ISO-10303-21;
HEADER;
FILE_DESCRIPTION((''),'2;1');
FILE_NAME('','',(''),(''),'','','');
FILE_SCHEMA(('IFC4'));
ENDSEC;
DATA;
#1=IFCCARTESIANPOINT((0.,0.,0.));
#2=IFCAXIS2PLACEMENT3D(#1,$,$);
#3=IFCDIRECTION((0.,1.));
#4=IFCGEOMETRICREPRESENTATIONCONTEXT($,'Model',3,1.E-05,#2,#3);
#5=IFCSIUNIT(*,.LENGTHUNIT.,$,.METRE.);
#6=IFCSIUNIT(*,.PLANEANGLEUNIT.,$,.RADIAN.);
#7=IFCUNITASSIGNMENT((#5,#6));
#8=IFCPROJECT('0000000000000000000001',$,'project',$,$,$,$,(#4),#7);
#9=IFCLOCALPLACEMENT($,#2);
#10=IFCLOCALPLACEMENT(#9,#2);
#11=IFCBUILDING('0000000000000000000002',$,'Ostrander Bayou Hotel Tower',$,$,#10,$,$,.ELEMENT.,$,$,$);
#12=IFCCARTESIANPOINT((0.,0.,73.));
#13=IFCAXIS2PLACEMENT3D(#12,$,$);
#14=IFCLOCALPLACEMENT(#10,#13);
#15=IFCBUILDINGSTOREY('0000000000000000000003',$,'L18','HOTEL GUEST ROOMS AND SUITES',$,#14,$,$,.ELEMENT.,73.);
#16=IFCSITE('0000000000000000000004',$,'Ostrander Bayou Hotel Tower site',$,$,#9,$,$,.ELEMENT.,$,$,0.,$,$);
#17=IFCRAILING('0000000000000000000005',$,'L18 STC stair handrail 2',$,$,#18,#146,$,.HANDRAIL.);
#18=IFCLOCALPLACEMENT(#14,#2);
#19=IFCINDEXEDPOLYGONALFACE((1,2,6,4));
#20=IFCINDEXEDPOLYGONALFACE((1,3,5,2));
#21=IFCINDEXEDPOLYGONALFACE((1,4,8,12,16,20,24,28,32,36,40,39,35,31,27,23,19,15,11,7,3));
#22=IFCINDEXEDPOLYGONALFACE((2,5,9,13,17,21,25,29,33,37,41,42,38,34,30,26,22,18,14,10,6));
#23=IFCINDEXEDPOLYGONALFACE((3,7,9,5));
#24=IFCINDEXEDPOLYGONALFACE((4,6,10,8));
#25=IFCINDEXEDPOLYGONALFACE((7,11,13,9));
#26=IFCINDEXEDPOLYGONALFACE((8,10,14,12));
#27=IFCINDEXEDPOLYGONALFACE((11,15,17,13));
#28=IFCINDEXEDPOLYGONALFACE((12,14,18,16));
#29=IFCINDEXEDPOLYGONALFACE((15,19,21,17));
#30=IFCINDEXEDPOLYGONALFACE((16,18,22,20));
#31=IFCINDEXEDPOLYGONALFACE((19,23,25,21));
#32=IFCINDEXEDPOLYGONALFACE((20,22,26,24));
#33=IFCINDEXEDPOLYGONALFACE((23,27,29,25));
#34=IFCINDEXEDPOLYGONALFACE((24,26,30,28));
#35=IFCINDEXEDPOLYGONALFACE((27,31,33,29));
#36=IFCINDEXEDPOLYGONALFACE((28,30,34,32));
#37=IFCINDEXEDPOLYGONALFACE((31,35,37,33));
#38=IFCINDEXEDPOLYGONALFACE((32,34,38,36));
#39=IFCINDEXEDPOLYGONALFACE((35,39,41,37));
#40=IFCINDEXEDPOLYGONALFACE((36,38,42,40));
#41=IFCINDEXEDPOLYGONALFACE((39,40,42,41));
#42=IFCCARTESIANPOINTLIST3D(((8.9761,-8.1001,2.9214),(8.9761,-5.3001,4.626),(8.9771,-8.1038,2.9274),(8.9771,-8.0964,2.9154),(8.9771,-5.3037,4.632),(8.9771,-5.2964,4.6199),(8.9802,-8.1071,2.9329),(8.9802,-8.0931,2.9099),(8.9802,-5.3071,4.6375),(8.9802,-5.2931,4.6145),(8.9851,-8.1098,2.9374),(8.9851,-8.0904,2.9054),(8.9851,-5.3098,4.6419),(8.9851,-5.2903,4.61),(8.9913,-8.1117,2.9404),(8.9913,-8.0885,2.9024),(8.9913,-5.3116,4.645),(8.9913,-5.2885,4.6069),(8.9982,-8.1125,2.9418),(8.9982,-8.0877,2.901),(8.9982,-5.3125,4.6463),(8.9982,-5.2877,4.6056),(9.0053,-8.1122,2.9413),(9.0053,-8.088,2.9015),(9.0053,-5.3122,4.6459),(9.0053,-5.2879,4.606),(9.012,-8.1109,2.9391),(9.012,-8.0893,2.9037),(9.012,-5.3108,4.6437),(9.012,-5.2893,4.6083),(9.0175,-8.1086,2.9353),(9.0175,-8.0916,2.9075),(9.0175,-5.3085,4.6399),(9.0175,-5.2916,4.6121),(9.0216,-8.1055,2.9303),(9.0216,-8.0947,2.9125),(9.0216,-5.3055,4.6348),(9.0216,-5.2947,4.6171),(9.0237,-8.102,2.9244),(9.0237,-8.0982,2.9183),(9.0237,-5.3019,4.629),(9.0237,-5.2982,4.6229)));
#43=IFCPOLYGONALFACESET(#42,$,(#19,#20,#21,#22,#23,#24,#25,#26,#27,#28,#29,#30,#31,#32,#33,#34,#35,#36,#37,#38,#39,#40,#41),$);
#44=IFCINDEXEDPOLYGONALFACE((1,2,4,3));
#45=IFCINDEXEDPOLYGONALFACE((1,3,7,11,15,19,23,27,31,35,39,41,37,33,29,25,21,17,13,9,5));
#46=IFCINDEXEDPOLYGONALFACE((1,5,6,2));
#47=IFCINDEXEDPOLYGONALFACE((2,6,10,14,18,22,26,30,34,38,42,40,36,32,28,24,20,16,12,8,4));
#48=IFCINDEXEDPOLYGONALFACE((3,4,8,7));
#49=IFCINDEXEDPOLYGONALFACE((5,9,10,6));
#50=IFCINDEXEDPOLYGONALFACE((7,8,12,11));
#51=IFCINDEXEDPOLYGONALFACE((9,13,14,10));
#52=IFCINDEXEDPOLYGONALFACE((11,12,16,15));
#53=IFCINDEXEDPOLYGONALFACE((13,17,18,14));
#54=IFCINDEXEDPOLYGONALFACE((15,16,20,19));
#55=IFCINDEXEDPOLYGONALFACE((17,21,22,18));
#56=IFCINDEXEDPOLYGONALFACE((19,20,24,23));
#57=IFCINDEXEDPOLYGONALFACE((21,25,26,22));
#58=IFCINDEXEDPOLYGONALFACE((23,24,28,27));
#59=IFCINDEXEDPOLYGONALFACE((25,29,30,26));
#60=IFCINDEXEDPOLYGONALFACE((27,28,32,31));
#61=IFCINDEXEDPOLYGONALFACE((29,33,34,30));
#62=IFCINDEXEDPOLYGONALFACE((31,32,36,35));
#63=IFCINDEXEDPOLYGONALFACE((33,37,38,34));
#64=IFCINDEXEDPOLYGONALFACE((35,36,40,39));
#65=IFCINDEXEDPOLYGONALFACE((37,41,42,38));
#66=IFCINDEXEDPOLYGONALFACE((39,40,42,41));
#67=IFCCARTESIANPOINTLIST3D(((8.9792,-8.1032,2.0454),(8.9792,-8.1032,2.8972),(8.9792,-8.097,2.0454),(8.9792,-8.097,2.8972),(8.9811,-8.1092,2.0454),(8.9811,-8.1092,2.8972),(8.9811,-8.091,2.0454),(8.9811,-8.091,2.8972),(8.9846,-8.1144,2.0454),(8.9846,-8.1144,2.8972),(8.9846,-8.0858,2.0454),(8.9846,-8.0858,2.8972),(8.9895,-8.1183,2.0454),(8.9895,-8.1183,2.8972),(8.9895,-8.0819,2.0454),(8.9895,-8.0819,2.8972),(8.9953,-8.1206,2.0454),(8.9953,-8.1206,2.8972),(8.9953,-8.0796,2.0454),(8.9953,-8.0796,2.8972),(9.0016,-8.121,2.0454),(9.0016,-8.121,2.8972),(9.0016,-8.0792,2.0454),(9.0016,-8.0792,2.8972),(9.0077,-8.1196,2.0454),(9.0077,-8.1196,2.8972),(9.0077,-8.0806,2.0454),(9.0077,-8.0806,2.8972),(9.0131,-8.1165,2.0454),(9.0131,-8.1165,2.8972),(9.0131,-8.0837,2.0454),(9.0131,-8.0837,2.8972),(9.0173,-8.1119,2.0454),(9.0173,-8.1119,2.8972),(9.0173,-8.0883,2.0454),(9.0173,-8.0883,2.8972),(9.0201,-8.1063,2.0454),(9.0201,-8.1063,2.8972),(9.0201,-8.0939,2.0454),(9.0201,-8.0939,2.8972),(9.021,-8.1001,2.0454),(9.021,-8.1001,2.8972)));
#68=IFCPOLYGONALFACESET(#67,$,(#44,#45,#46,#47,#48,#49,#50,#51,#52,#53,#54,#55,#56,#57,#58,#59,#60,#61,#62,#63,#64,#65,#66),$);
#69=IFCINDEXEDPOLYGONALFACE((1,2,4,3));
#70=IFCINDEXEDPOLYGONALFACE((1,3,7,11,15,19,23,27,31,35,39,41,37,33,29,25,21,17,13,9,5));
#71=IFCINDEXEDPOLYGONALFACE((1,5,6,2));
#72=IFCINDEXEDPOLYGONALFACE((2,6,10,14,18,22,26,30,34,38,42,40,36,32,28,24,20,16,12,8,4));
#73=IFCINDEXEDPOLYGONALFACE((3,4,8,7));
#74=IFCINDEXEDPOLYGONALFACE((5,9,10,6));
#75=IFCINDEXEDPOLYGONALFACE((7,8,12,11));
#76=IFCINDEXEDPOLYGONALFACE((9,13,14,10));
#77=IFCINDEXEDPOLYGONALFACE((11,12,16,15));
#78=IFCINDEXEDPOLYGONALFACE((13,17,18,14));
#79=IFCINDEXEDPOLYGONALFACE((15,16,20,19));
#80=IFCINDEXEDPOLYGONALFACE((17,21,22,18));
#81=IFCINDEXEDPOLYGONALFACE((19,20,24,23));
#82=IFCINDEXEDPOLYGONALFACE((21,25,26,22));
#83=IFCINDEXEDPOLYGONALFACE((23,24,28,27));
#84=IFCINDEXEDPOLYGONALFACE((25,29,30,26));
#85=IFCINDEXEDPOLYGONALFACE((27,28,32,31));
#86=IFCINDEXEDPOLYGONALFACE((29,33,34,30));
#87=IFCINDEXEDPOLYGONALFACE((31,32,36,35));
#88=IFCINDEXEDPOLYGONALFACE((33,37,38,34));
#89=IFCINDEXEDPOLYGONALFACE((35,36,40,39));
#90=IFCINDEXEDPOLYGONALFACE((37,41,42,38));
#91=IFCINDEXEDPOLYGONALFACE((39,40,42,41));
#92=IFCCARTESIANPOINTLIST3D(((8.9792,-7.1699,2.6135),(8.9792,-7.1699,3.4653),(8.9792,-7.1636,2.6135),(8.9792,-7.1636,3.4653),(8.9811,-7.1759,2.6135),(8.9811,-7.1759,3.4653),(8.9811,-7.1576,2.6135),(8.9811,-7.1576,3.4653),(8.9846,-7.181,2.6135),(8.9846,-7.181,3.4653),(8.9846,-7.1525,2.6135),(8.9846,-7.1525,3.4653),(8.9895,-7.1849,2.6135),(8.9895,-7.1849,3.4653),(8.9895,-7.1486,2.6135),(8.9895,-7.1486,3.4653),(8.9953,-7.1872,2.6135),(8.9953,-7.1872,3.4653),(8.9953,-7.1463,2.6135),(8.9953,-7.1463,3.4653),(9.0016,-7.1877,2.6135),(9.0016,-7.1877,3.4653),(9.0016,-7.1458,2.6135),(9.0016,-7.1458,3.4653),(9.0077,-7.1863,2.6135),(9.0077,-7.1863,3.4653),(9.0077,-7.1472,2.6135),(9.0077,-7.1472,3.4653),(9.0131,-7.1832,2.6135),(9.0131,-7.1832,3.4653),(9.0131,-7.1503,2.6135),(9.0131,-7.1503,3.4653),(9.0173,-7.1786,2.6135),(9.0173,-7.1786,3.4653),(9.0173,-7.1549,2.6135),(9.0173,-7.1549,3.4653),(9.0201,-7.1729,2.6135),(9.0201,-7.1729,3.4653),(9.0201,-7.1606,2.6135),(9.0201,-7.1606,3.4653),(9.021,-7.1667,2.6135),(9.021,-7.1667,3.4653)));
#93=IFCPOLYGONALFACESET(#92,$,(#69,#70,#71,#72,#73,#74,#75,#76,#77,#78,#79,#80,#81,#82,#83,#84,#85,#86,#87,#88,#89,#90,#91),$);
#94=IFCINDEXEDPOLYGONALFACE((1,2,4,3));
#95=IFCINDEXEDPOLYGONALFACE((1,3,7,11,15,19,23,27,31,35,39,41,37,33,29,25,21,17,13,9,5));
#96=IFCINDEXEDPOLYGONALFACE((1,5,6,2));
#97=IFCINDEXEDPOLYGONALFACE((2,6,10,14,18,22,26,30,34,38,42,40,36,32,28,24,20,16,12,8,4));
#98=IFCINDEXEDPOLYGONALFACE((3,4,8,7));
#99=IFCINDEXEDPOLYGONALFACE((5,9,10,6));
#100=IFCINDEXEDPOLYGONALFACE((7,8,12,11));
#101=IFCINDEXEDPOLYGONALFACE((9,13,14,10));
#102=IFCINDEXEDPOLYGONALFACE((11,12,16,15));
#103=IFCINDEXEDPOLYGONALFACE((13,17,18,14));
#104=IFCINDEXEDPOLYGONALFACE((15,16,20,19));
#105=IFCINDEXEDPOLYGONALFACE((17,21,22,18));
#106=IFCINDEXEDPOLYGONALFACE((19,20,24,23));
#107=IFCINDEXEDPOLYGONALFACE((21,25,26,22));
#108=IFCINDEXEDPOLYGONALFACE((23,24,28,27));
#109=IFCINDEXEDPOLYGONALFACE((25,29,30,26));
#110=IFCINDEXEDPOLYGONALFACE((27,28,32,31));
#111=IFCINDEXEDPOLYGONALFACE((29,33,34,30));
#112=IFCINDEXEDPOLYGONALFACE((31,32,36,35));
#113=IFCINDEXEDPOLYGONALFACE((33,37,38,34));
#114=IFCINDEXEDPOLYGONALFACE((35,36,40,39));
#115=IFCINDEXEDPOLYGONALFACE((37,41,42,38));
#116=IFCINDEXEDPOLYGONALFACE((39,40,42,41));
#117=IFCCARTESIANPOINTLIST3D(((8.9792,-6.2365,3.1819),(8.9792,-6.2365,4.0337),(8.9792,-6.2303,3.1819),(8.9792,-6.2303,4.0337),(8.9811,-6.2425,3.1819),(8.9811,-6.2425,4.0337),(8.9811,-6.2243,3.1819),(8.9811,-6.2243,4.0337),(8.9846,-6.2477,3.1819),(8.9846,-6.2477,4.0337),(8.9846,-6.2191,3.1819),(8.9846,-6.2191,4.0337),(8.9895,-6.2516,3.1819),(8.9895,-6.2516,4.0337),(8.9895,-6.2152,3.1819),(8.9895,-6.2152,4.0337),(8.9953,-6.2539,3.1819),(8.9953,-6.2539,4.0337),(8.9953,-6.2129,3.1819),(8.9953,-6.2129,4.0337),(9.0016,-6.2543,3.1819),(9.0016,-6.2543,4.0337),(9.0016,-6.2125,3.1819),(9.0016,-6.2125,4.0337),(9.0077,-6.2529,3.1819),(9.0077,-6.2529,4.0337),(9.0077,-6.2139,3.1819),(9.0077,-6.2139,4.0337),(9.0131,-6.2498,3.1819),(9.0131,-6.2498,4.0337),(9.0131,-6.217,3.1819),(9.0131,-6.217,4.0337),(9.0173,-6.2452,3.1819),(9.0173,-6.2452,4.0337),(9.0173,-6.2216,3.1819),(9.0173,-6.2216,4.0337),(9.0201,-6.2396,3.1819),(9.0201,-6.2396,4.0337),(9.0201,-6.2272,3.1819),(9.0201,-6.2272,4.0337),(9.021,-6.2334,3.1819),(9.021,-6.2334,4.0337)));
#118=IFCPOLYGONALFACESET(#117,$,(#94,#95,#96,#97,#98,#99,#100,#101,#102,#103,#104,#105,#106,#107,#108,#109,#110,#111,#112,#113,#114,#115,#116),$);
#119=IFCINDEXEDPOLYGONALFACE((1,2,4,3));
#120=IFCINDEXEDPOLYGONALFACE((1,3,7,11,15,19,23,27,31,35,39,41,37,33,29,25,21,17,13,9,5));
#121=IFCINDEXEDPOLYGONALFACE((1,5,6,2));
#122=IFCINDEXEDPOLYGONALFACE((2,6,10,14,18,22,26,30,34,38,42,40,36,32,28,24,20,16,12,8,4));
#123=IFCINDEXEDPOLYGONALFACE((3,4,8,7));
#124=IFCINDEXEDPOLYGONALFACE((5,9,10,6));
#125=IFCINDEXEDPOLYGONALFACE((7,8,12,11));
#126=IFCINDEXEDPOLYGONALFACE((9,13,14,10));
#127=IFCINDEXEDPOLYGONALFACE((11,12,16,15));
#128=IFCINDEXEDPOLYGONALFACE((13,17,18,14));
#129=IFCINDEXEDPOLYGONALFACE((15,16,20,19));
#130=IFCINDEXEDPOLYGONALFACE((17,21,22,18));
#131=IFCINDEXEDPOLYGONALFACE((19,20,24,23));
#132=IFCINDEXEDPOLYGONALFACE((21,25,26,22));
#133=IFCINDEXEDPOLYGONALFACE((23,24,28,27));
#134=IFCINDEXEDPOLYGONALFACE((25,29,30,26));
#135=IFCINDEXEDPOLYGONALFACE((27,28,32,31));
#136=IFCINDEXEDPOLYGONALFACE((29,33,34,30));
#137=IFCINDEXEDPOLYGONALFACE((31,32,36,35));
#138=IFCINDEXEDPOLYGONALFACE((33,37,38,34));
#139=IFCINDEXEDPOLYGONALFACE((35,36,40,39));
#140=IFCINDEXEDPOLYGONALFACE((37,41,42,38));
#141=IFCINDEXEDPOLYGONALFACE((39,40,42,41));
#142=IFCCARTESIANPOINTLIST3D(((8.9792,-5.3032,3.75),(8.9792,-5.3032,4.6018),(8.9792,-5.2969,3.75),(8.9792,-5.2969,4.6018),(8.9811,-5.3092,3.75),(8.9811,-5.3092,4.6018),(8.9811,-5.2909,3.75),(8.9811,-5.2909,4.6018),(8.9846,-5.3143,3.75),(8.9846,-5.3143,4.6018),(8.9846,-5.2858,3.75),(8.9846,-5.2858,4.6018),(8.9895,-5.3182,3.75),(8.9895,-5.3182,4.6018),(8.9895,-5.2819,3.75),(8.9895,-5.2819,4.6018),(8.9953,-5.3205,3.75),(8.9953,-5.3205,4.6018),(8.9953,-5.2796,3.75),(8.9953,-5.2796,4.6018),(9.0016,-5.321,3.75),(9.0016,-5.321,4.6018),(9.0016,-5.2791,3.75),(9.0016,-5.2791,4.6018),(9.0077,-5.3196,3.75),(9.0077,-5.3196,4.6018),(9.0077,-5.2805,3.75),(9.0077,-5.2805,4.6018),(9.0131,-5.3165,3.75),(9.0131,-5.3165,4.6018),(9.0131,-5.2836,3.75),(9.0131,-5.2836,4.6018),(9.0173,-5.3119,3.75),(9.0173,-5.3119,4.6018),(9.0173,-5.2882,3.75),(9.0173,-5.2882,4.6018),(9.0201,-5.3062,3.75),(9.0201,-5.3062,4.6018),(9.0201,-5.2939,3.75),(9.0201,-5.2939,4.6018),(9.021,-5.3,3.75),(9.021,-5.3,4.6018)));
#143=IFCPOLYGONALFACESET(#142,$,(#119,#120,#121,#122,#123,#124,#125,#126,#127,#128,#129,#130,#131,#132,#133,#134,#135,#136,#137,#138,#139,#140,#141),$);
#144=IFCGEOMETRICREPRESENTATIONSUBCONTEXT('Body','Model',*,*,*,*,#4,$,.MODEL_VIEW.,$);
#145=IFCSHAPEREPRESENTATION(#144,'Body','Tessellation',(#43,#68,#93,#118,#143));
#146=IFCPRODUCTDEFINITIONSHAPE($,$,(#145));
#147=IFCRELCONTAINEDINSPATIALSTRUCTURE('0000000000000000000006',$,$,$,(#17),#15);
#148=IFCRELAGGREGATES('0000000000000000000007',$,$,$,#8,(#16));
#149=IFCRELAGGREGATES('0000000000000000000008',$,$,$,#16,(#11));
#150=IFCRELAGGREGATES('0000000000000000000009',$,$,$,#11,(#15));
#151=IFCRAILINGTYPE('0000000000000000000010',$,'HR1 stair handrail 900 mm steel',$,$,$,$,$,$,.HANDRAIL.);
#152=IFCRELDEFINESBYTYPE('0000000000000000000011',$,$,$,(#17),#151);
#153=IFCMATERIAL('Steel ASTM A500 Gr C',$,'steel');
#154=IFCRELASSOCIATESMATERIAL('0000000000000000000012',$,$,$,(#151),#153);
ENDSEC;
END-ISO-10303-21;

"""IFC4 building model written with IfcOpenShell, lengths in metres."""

from ifc_helpers import new_model, si_unit, direction, frame, origin, origin_2d, place, context, subcontext, project, spatial, circle, extrude, material, type_object, element, save


model = new_model("IFC4")

# Units and contexts
model_context = context("Model", 3, precision=1e-05, world=origin(), true_north=direction((0.0, 1.0)))
body_context = subcontext(model_context, "Body", "Model", "MODEL_VIEW")
ifc_project = project(units=[si_unit("LENGTHUNIT", "METRE"), si_unit("PLANEANGLEUNIT", "RADIAN")], contexts=[model_context])

# Site, building, storey
site_placement = place(None, origin())
site = spatial("IfcSite", under=ifc_project, at=site_placement, Name="Ostrander Bayou Hotel Tower site", CompositionType="ELEMENT", RefElevation=0.0)
building_placement = place(site_placement, origin())
building = spatial("IfcBuilding", under=site, at=building_placement, Name="Ostrander Bayou Hotel Tower", CompositionType="ELEMENT")
storey_placement = place(building_placement, frame((0.0, 0.0, 73.0)))
storey = spatial("IfcBuildingStorey", under=building, at=storey_placement, Name="L18", Description="HOTEL GUEST ROOMS AND SUITES", CompositionType="ELEMENT", Elevation=73.0)

# Railing
ifc_material_1 = material(Name="Steel ASTM A500 Gr C", Category="steel")
railing_type_1 = type_object("IfcRailingType", Name="HR1 stair handrail 900 mm steel", PredefinedType="HANDRAIL", material=ifc_material_1)
railing_1_placement = place(storey_placement, frame((9.0, -8.1001, 2.0454)))
element("IfcRailing", 1, at=railing_1_placement, inside=storey, type_object=railing_type_1, Name="L18 STC stair handrail 2", PredefinedType="HANDRAIL", context=body_context, shape_type="SweptSolid", body=[
    extrude(circle(Radius=0.0239, at=origin_2d()), frame((0.0, 0.0, 0.876), z_axis=(0.0, 0.85417, 0.519994), x_axis=(-1.0, 0.0, 0.0)), (0.0, 0.0, 1.0), 3.2781),
    extrude(circle(Radius=0.021, at=origin_2d()), origin(), (0.0, 0.0, 1.0), 0.8518),
    extrude(circle(Radius=0.021, at=origin_2d()), frame((0.0, 0.9333, 0.5681)), (0.0, 0.0, 1.0), 0.8518),
    extrude(circle(Radius=0.021, at=origin_2d()), frame((0.0, 1.8667, 1.1365)), (0.0, 0.0, 1.0), 0.8518),
    extrude(circle(Radius=0.021, at=origin_2d()), frame((0.0, 2.8, 1.7046)), (0.0, 0.0, 1.0), 0.8518),
])

save(model, "model.ifc")
